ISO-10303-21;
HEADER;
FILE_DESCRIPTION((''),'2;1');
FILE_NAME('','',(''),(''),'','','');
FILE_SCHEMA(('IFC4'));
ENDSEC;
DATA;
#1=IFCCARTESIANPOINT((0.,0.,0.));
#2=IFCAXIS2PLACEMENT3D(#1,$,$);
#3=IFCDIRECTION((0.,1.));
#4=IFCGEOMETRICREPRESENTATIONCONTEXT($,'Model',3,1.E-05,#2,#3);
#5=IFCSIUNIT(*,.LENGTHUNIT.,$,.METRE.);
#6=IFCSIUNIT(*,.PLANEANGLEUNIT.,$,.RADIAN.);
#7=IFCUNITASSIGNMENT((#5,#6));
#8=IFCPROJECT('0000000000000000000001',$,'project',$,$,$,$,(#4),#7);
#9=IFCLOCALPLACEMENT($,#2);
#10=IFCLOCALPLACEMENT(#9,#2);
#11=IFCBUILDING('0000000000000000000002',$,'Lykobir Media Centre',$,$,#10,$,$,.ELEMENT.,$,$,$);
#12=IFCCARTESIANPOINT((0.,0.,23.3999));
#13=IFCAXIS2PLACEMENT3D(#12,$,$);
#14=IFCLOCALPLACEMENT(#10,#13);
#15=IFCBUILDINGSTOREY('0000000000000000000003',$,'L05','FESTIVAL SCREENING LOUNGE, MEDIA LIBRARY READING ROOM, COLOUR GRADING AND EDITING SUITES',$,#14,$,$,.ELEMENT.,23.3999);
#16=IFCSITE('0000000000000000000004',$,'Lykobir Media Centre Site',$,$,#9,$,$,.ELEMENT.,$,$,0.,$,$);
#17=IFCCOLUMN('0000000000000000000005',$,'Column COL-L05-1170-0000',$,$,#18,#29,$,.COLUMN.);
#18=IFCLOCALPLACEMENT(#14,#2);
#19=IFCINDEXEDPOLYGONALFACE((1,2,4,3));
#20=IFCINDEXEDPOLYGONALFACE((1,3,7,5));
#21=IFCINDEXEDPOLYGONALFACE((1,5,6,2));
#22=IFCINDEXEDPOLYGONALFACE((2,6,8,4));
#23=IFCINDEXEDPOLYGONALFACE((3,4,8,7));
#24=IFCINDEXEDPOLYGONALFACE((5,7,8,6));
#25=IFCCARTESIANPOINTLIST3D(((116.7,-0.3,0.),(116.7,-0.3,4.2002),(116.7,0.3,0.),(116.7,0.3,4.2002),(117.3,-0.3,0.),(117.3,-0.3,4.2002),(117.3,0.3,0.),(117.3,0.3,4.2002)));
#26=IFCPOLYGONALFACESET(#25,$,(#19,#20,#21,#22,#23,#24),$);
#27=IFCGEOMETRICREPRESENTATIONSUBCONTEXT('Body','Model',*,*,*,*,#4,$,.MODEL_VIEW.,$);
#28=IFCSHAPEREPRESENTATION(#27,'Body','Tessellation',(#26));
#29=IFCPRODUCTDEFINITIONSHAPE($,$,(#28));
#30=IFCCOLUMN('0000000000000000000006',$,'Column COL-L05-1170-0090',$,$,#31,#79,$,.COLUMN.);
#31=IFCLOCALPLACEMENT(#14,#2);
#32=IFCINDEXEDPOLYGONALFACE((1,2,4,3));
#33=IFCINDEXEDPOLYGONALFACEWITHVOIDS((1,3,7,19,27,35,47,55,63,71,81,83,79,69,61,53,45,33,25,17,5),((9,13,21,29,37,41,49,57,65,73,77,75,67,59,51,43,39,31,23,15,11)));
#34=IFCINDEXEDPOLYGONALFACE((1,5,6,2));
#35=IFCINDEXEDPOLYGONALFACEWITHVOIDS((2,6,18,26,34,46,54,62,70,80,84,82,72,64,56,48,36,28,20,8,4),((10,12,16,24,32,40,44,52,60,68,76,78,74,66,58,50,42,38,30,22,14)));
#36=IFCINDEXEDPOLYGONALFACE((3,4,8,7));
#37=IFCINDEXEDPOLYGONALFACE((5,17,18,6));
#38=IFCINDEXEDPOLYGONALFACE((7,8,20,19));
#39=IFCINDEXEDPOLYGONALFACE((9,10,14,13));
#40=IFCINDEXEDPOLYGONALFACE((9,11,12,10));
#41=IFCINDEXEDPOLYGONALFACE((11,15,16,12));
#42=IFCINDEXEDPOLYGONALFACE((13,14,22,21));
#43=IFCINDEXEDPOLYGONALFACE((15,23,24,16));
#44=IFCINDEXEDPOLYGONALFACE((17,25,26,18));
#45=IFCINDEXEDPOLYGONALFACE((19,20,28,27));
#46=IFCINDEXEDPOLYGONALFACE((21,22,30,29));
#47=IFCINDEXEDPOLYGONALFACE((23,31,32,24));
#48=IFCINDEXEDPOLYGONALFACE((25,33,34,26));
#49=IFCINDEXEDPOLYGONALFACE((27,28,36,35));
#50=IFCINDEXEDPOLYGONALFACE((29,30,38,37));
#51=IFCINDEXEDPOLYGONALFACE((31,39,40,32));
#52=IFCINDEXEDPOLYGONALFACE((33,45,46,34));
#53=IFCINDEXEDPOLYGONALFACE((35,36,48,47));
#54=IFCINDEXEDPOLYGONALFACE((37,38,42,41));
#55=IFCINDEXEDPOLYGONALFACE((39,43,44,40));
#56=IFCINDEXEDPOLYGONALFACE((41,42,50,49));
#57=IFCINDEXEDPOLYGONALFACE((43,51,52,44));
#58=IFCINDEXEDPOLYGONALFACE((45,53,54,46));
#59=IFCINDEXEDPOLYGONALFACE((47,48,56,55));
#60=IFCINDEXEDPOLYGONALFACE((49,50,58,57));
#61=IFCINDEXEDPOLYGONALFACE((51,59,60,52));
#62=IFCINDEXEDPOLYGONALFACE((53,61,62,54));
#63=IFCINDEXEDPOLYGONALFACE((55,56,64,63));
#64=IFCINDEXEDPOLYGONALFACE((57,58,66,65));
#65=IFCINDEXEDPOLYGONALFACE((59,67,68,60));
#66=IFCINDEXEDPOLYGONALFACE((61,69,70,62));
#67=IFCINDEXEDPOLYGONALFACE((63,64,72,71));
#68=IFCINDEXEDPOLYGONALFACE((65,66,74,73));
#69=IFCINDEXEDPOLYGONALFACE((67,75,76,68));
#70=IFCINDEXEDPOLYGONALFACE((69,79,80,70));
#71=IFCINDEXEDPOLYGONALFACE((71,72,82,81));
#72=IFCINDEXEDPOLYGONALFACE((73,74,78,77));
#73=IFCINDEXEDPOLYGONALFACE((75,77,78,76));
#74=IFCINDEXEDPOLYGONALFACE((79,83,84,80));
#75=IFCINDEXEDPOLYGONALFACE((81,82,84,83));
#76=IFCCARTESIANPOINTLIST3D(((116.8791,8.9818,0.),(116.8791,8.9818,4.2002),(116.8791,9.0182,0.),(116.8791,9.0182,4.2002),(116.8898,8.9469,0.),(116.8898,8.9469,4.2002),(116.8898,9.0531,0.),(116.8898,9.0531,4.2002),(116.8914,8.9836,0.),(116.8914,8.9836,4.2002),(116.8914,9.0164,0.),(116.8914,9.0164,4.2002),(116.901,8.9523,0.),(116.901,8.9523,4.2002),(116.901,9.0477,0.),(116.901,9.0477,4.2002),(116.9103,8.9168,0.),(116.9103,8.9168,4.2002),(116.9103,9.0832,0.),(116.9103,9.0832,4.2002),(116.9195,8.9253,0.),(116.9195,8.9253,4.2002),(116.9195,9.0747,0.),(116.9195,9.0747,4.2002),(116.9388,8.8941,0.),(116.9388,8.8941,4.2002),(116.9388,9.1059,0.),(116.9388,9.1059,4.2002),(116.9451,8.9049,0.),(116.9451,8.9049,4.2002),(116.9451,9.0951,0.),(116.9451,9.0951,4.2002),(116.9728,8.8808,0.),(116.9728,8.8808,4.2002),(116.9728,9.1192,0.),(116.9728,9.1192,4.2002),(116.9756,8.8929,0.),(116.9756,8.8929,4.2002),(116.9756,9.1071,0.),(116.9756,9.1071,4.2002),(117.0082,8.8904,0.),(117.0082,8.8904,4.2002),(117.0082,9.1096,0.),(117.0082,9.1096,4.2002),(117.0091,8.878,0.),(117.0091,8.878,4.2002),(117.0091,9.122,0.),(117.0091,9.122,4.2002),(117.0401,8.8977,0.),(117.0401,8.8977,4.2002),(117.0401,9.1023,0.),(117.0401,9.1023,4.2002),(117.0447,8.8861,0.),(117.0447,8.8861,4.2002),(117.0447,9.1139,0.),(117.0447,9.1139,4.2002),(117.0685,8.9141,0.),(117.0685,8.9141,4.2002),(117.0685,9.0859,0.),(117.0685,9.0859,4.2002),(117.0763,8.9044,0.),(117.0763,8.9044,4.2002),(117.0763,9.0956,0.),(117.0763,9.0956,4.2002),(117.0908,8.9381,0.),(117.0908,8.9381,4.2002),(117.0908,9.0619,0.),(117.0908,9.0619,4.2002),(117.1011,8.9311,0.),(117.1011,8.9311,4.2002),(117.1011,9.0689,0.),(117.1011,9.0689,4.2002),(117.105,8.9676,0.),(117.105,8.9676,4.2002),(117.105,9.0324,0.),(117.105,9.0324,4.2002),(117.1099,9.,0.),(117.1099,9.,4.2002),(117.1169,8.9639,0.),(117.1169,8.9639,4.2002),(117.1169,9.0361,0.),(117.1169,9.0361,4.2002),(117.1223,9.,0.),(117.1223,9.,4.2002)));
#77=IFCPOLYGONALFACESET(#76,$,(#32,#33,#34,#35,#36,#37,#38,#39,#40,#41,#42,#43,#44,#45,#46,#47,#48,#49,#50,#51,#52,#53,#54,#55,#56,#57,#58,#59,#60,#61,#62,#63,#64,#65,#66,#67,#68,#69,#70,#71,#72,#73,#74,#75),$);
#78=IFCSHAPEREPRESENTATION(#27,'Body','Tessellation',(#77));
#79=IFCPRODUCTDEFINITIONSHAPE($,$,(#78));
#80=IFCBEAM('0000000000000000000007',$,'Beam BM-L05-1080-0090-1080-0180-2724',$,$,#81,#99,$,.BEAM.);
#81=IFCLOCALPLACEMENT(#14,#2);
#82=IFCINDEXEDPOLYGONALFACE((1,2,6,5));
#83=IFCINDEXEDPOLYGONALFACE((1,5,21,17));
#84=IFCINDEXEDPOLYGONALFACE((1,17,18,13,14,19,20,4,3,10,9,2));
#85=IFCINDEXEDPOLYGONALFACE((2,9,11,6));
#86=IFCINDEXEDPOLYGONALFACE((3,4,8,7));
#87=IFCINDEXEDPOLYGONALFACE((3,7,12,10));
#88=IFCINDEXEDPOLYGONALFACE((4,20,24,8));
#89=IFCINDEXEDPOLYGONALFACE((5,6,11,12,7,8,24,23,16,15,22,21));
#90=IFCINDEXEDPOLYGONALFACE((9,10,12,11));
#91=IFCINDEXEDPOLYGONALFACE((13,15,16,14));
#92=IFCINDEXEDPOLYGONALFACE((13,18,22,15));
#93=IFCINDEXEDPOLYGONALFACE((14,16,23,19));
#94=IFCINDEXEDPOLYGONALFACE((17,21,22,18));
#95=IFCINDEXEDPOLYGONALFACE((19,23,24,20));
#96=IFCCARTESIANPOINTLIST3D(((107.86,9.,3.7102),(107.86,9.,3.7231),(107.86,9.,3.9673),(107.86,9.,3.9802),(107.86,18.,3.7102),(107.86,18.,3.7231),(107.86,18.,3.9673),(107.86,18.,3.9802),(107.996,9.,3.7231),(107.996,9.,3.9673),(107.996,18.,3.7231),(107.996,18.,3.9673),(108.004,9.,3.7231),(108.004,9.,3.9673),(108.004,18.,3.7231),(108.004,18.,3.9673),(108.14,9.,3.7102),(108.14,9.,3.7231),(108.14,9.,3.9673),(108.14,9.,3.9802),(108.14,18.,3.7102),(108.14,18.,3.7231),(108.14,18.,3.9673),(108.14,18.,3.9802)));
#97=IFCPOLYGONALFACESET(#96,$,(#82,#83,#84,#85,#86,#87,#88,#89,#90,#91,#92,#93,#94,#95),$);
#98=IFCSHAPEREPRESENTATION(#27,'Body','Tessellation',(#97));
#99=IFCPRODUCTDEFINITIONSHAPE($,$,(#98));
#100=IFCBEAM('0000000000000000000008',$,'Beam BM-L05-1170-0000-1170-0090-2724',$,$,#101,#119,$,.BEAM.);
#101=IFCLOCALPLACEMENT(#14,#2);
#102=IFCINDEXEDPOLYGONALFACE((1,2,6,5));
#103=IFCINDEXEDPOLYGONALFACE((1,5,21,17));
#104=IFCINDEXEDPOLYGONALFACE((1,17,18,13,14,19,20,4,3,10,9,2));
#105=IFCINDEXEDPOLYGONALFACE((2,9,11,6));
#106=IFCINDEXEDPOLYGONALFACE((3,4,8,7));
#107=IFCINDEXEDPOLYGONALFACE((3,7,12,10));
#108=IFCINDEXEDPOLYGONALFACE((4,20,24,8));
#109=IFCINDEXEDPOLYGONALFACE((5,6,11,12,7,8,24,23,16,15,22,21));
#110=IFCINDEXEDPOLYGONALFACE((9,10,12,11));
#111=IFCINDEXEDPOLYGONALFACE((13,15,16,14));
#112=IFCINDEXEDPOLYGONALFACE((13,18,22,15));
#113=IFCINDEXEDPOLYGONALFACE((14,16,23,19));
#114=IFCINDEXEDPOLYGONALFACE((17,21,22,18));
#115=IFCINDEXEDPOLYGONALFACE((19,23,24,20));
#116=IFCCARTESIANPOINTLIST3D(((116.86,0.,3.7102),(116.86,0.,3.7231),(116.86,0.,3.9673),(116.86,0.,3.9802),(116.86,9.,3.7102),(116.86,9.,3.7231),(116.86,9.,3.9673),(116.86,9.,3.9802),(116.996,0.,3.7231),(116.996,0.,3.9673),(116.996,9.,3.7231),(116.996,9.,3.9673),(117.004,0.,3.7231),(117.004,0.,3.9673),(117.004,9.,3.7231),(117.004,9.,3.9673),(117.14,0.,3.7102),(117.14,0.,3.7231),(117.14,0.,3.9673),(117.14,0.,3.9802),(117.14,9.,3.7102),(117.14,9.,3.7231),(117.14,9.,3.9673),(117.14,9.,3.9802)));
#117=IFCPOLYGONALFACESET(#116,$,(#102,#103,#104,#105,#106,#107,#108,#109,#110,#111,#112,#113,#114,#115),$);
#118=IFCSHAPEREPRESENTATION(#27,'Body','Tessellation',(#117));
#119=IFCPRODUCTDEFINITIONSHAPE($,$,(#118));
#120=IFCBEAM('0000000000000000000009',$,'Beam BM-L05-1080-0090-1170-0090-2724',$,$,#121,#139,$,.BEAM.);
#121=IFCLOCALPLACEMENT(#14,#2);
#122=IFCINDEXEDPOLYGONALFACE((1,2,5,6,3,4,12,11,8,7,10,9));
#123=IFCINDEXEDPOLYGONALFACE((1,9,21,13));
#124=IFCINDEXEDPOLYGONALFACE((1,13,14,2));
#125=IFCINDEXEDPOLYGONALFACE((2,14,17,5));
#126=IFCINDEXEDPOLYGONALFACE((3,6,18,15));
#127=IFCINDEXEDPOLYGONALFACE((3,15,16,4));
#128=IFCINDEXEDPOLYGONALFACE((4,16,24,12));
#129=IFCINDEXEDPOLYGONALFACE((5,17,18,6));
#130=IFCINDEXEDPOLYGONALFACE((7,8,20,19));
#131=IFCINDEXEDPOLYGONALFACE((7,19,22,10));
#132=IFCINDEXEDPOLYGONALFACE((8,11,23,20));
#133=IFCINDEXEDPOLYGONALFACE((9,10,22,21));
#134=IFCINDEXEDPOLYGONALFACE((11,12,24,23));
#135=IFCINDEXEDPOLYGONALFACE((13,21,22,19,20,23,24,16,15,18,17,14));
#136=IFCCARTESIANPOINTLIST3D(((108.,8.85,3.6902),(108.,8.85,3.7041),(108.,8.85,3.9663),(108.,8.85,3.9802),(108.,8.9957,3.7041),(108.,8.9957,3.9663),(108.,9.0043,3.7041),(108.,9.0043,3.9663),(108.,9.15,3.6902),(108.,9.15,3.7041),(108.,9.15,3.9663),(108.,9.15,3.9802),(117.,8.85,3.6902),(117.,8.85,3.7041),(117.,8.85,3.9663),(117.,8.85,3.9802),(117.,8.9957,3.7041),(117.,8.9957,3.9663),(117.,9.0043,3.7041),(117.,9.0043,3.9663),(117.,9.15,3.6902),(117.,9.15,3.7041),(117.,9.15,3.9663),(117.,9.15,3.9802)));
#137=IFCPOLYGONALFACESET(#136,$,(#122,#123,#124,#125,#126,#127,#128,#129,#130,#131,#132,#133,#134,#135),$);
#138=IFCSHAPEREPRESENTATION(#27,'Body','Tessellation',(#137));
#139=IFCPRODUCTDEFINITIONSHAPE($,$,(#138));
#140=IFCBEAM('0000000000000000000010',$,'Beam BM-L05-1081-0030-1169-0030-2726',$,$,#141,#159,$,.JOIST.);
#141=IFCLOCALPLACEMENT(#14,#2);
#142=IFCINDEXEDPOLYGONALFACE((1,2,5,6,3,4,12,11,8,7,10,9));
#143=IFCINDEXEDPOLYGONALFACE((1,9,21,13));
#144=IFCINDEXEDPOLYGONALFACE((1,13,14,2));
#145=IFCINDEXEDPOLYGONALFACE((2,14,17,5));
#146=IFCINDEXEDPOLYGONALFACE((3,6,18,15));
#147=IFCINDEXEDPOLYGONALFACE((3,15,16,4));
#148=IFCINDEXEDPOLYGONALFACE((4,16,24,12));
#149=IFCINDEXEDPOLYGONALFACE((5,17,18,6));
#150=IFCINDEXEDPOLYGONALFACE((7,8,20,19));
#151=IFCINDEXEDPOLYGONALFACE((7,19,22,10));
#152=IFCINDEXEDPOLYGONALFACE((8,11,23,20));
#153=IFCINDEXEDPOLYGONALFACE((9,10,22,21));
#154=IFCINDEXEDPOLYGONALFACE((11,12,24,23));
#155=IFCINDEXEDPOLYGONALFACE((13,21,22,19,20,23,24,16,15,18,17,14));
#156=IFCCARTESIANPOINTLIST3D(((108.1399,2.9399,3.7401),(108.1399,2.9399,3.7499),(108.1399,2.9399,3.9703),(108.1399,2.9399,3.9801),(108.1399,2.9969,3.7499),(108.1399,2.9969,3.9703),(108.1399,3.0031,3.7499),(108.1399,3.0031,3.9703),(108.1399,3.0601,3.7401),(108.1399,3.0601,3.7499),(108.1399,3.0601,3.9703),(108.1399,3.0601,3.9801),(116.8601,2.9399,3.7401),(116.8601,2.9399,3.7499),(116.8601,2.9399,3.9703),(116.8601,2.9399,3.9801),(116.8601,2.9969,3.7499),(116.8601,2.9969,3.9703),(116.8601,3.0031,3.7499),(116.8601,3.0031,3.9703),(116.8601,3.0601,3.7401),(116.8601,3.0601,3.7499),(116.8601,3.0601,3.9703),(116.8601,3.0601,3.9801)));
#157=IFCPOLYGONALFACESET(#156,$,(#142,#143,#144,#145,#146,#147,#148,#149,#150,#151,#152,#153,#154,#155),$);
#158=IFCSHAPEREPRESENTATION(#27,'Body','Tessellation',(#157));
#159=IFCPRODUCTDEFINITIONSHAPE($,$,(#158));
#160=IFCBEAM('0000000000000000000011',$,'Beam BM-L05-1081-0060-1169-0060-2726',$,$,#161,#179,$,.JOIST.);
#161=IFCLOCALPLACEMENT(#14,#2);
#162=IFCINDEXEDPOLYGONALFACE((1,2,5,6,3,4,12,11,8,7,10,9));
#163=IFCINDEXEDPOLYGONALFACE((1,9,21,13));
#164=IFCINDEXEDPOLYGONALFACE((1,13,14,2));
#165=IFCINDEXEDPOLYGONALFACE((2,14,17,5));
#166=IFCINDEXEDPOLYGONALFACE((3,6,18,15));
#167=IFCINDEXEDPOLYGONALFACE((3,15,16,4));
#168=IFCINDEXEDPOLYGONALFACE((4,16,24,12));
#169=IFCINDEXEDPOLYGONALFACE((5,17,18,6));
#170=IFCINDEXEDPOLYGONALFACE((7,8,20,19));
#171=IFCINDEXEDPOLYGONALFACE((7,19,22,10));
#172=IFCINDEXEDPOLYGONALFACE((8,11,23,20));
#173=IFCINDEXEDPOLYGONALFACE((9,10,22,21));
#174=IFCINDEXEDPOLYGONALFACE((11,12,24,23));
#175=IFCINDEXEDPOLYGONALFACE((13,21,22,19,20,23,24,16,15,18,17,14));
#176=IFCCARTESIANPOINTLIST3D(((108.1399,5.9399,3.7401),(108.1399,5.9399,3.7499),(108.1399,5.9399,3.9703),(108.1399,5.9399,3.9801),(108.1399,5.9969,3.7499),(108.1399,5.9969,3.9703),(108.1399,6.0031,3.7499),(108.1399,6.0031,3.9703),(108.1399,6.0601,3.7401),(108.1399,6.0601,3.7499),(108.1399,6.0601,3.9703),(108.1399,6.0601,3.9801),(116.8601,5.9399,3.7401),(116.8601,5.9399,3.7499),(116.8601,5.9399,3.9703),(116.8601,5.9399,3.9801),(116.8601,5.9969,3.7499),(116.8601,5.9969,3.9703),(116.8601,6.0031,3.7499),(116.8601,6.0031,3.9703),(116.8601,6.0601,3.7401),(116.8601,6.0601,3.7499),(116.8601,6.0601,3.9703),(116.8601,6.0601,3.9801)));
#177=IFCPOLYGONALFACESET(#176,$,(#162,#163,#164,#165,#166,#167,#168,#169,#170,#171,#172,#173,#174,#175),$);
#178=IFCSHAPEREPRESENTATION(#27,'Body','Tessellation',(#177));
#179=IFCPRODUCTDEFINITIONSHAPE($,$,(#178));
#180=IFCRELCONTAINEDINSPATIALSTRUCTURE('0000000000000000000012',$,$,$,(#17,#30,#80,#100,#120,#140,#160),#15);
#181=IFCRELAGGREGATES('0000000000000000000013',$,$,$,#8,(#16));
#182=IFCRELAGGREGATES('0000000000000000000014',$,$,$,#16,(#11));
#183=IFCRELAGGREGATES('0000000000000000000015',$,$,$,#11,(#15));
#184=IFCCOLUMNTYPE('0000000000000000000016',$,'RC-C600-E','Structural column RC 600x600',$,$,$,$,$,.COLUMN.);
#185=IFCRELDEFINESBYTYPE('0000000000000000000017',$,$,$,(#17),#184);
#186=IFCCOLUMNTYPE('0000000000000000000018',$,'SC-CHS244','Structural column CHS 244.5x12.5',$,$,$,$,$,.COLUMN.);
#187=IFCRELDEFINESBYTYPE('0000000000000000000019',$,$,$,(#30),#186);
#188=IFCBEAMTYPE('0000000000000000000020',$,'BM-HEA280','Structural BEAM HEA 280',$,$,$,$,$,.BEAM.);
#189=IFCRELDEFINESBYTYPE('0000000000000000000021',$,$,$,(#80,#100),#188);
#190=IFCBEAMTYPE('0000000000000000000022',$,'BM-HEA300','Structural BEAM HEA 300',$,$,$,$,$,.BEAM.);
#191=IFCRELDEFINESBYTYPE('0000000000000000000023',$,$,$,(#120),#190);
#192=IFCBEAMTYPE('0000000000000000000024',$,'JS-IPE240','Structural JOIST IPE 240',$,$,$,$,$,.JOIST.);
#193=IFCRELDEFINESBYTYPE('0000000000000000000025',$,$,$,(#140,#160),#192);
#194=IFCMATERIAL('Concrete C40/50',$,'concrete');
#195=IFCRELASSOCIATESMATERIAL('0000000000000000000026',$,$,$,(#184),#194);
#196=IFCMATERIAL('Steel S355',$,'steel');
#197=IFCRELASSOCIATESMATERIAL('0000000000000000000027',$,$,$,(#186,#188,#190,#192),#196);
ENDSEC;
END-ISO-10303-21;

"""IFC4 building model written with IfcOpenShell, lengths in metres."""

from ifc_helpers import new_model, si_unit, direction, frame, origin, origin_2d, place, context, subcontext, project, spatial, rectangle, hollow_circle, i_section, extrude, material, material_profile, profile_set, type_object, element, save


model = new_model("IFC4")

# Units and contexts
model_context = context("Model", 3, precision=1e-05, world=origin(), true_north=direction((0.0, 1.0)))
body_context = subcontext(model_context, "Body", "Model", "MODEL_VIEW")
ifc_project = project(units=[si_unit("LENGTHUNIT", "METRE"), si_unit("PLANEANGLEUNIT", "RADIAN")], contexts=[model_context])

# Site, building, storey
site_placement = place(None, origin())
site = spatial("IfcSite", under=ifc_project, at=site_placement, Name="Lykobir Media Centre Site", CompositionType="ELEMENT", RefElevation=0.0)
building_placement = place(site_placement, origin())
building = spatial("IfcBuilding", under=site, at=building_placement, Name="Lykobir Media Centre", CompositionType="ELEMENT")
storey_placement = place(building_placement, frame((0.0, 0.0, 23.3999)))
storey = spatial("IfcBuildingStorey", under=building, at=storey_placement, Name="L05", Description="FESTIVAL SCREENING LOUNGE, MEDIA LIBRARY READING ROOM, COLOUR GRADING AND EDITING SUITES", CompositionType="ELEMENT", Elevation=23.3999)

# Columns
ifc_material_1 = material(Name="Concrete C40/50", Category="concrete")
ifc_material_profile_1 = material_profile(ifc_material_1, rectangle(XDim=0.6001, YDim=0.6001, at=origin_2d()), Name="RC 600x600")
ifc_profile_set_1 = profile_set([ifc_material_profile_1], Name="Concrete C40/50")
column_type_1 = type_object("IfcColumnType", Name="RC-C600-E", Description="Structural column RC 600x600", PredefinedType="COLUMN", material=ifc_profile_set_1)
column_1_placement = place(storey_placement, frame((117.0, 0.0, 0.0), z_axis=(0.0, 0.0, 1.0), x_axis=(1.0, 0.0, 0.0)))
element("IfcColumn", 1, at=column_1_placement, inside=storey, type_object=column_type_1, Name="Column COL-L05-1170-0000", PredefinedType="COLUMN", context=body_context, shape_type="SweptSolid", body=[
    extrude(rectangle(XDim=0.6001, YDim=0.6001, at=origin_2d()), origin(), (0.0, 0.0, 1.0), 4.2002),
])
ifc_material_2 = material(Name="Steel S355", Category="steel")
ifc_material_profile_2 = material_profile(ifc_material_2, hollow_circle(Radius=0.1223, WallThickness=0.0125, at=origin_2d()), Name="CHS 244.5x12.5")
ifc_profile_set_2 = profile_set([ifc_material_profile_2], Name="Steel S355")
column_type_2 = type_object("IfcColumnType", Name="SC-CHS244", Description="Structural column CHS 244.5x12.5", PredefinedType="COLUMN", material=ifc_profile_set_2)
column_2_placement = place(storey_placement, frame((117.0, 9.0, 0.0), z_axis=(0.0, 0.0, 1.0), x_axis=(1.0, 0.0, 0.0)))
element("IfcColumn", 2, at=column_2_placement, inside=storey, type_object=column_type_2, Name="Column COL-L05-1170-0090", PredefinedType="COLUMN", context=body_context, shape_type="SweptSolid", body=[
    extrude(hollow_circle(Radius=0.1223, WallThickness=0.0125, at=origin_2d()), origin(), (0.0, 0.0, 1.0), 4.2002),
])

# Beams
ifc_material_profile_3 = material_profile(ifc_material_2, i_section(OverallWidth=0.28, OverallDepth=0.27, WebThickness=0.0081, FlangeThickness=0.0129, at=origin_2d()), Name="HEA 280")
ifc_profile_set_3 = profile_set([ifc_material_profile_3], Name="Steel S355")
beam_type_1 = type_object("IfcBeamType", Name="BM-HEA280", Description="Structural BEAM HEA 280", PredefinedType="BEAM", material=ifc_profile_set_3)
for number, where, z_axis, x_axis, name in (
    (3, (108.0, 9.0, 3.8452), (0.0, 1.0, 0.0), (-1.0, 0.0, 0.0), "Beam BM-L05-1080-0090-1080-0180-2724"),
    (4, (117.0, 0.0, 3.8452), (0.0, 1.0, 0.0), (-1.0, 0.0, 0.0), "Beam BM-L05-1170-0000-1170-0090-2724"),
):
    element("IfcBeam", number, at=place(storey_placement, frame(where, z_axis=z_axis, x_axis=x_axis)), inside=storey, type_object=beam_type_1, Name=name, PredefinedType="BEAM", context=body_context, shape_type="SweptSolid", body=[
        extrude(i_section(OverallWidth=0.28, OverallDepth=0.27, WebThickness=0.0081, FlangeThickness=0.0129, at=origin_2d()), origin(), (0.0, 0.0, 1.0), 9.0),
    ])
ifc_material_profile_4 = material_profile(ifc_material_2, i_section(OverallWidth=0.3, OverallDepth=0.29, WebThickness=0.0085, FlangeThickness=0.0139, at=origin_2d()), Name="HEA 300")
ifc_profile_set_4 = profile_set([ifc_material_profile_4], Name="Steel S355")
beam_type_2 = type_object("IfcBeamType", Name="BM-HEA300", Description="Structural BEAM HEA 300", PredefinedType="BEAM", material=ifc_profile_set_4)
beam_1_placement = place(storey_placement, frame((108.0, 9.0, 3.8352), z_axis=(1.0, 0.0, 0.0), x_axis=(0.0, 1.0, 0.0)))
element("IfcBeam", 5, at=beam_1_placement, inside=storey, type_object=beam_type_2, Name="Beam BM-L05-1080-0090-1170-0090-2724", PredefinedType="BEAM", context=body_context, shape_type="SweptSolid", body=[
    extrude(i_section(OverallWidth=0.3, OverallDepth=0.29, WebThickness=0.0085, FlangeThickness=0.0139, at=origin_2d()), origin(), (0.0, 0.0, 1.0), 9.0),
])
ifc_material_profile_5 = material_profile(ifc_material_2, i_section(OverallWidth=0.1201, OverallDepth=0.24, WebThickness=0.0061, FlangeThickness=0.0098, at=origin_2d()), Name="IPE 240")
ifc_profile_set_5 = profile_set([ifc_material_profile_5], Name="Steel S355")
beam_type_3 = type_object("IfcBeamType", Name="JS-IPE240", Description="Structural JOIST IPE 240", PredefinedType="JOIST", material=ifc_profile_set_5)
for number, where, z_axis, x_axis, name in (
    (6, (108.1399, 3.0, 3.8601), (1.0, 0.0, 0.0), (0.0, 1.0, 0.0), "Beam BM-L05-1081-0030-1169-0030-2726"),
    (7, (108.1399, 6.0, 3.8601), (1.0, 0.0, 0.0), (0.0, 1.0, 0.0), "Beam BM-L05-1081-0060-1169-0060-2726"),
):
    element("IfcBeam", number, at=place(storey_placement, frame(where, z_axis=z_axis, x_axis=x_axis)), inside=storey, type_object=beam_type_3, Name=name, PredefinedType="JOIST", context=body_context, shape_type="SweptSolid", body=[
        extrude(i_section(OverallWidth=0.1201, OverallDepth=0.24, WebThickness=0.0061, FlangeThickness=0.0098, at=origin_2d()), origin(), (0.0, 0.0, 1.0), 8.7202),
    ])

save(model, "model.ifc")
